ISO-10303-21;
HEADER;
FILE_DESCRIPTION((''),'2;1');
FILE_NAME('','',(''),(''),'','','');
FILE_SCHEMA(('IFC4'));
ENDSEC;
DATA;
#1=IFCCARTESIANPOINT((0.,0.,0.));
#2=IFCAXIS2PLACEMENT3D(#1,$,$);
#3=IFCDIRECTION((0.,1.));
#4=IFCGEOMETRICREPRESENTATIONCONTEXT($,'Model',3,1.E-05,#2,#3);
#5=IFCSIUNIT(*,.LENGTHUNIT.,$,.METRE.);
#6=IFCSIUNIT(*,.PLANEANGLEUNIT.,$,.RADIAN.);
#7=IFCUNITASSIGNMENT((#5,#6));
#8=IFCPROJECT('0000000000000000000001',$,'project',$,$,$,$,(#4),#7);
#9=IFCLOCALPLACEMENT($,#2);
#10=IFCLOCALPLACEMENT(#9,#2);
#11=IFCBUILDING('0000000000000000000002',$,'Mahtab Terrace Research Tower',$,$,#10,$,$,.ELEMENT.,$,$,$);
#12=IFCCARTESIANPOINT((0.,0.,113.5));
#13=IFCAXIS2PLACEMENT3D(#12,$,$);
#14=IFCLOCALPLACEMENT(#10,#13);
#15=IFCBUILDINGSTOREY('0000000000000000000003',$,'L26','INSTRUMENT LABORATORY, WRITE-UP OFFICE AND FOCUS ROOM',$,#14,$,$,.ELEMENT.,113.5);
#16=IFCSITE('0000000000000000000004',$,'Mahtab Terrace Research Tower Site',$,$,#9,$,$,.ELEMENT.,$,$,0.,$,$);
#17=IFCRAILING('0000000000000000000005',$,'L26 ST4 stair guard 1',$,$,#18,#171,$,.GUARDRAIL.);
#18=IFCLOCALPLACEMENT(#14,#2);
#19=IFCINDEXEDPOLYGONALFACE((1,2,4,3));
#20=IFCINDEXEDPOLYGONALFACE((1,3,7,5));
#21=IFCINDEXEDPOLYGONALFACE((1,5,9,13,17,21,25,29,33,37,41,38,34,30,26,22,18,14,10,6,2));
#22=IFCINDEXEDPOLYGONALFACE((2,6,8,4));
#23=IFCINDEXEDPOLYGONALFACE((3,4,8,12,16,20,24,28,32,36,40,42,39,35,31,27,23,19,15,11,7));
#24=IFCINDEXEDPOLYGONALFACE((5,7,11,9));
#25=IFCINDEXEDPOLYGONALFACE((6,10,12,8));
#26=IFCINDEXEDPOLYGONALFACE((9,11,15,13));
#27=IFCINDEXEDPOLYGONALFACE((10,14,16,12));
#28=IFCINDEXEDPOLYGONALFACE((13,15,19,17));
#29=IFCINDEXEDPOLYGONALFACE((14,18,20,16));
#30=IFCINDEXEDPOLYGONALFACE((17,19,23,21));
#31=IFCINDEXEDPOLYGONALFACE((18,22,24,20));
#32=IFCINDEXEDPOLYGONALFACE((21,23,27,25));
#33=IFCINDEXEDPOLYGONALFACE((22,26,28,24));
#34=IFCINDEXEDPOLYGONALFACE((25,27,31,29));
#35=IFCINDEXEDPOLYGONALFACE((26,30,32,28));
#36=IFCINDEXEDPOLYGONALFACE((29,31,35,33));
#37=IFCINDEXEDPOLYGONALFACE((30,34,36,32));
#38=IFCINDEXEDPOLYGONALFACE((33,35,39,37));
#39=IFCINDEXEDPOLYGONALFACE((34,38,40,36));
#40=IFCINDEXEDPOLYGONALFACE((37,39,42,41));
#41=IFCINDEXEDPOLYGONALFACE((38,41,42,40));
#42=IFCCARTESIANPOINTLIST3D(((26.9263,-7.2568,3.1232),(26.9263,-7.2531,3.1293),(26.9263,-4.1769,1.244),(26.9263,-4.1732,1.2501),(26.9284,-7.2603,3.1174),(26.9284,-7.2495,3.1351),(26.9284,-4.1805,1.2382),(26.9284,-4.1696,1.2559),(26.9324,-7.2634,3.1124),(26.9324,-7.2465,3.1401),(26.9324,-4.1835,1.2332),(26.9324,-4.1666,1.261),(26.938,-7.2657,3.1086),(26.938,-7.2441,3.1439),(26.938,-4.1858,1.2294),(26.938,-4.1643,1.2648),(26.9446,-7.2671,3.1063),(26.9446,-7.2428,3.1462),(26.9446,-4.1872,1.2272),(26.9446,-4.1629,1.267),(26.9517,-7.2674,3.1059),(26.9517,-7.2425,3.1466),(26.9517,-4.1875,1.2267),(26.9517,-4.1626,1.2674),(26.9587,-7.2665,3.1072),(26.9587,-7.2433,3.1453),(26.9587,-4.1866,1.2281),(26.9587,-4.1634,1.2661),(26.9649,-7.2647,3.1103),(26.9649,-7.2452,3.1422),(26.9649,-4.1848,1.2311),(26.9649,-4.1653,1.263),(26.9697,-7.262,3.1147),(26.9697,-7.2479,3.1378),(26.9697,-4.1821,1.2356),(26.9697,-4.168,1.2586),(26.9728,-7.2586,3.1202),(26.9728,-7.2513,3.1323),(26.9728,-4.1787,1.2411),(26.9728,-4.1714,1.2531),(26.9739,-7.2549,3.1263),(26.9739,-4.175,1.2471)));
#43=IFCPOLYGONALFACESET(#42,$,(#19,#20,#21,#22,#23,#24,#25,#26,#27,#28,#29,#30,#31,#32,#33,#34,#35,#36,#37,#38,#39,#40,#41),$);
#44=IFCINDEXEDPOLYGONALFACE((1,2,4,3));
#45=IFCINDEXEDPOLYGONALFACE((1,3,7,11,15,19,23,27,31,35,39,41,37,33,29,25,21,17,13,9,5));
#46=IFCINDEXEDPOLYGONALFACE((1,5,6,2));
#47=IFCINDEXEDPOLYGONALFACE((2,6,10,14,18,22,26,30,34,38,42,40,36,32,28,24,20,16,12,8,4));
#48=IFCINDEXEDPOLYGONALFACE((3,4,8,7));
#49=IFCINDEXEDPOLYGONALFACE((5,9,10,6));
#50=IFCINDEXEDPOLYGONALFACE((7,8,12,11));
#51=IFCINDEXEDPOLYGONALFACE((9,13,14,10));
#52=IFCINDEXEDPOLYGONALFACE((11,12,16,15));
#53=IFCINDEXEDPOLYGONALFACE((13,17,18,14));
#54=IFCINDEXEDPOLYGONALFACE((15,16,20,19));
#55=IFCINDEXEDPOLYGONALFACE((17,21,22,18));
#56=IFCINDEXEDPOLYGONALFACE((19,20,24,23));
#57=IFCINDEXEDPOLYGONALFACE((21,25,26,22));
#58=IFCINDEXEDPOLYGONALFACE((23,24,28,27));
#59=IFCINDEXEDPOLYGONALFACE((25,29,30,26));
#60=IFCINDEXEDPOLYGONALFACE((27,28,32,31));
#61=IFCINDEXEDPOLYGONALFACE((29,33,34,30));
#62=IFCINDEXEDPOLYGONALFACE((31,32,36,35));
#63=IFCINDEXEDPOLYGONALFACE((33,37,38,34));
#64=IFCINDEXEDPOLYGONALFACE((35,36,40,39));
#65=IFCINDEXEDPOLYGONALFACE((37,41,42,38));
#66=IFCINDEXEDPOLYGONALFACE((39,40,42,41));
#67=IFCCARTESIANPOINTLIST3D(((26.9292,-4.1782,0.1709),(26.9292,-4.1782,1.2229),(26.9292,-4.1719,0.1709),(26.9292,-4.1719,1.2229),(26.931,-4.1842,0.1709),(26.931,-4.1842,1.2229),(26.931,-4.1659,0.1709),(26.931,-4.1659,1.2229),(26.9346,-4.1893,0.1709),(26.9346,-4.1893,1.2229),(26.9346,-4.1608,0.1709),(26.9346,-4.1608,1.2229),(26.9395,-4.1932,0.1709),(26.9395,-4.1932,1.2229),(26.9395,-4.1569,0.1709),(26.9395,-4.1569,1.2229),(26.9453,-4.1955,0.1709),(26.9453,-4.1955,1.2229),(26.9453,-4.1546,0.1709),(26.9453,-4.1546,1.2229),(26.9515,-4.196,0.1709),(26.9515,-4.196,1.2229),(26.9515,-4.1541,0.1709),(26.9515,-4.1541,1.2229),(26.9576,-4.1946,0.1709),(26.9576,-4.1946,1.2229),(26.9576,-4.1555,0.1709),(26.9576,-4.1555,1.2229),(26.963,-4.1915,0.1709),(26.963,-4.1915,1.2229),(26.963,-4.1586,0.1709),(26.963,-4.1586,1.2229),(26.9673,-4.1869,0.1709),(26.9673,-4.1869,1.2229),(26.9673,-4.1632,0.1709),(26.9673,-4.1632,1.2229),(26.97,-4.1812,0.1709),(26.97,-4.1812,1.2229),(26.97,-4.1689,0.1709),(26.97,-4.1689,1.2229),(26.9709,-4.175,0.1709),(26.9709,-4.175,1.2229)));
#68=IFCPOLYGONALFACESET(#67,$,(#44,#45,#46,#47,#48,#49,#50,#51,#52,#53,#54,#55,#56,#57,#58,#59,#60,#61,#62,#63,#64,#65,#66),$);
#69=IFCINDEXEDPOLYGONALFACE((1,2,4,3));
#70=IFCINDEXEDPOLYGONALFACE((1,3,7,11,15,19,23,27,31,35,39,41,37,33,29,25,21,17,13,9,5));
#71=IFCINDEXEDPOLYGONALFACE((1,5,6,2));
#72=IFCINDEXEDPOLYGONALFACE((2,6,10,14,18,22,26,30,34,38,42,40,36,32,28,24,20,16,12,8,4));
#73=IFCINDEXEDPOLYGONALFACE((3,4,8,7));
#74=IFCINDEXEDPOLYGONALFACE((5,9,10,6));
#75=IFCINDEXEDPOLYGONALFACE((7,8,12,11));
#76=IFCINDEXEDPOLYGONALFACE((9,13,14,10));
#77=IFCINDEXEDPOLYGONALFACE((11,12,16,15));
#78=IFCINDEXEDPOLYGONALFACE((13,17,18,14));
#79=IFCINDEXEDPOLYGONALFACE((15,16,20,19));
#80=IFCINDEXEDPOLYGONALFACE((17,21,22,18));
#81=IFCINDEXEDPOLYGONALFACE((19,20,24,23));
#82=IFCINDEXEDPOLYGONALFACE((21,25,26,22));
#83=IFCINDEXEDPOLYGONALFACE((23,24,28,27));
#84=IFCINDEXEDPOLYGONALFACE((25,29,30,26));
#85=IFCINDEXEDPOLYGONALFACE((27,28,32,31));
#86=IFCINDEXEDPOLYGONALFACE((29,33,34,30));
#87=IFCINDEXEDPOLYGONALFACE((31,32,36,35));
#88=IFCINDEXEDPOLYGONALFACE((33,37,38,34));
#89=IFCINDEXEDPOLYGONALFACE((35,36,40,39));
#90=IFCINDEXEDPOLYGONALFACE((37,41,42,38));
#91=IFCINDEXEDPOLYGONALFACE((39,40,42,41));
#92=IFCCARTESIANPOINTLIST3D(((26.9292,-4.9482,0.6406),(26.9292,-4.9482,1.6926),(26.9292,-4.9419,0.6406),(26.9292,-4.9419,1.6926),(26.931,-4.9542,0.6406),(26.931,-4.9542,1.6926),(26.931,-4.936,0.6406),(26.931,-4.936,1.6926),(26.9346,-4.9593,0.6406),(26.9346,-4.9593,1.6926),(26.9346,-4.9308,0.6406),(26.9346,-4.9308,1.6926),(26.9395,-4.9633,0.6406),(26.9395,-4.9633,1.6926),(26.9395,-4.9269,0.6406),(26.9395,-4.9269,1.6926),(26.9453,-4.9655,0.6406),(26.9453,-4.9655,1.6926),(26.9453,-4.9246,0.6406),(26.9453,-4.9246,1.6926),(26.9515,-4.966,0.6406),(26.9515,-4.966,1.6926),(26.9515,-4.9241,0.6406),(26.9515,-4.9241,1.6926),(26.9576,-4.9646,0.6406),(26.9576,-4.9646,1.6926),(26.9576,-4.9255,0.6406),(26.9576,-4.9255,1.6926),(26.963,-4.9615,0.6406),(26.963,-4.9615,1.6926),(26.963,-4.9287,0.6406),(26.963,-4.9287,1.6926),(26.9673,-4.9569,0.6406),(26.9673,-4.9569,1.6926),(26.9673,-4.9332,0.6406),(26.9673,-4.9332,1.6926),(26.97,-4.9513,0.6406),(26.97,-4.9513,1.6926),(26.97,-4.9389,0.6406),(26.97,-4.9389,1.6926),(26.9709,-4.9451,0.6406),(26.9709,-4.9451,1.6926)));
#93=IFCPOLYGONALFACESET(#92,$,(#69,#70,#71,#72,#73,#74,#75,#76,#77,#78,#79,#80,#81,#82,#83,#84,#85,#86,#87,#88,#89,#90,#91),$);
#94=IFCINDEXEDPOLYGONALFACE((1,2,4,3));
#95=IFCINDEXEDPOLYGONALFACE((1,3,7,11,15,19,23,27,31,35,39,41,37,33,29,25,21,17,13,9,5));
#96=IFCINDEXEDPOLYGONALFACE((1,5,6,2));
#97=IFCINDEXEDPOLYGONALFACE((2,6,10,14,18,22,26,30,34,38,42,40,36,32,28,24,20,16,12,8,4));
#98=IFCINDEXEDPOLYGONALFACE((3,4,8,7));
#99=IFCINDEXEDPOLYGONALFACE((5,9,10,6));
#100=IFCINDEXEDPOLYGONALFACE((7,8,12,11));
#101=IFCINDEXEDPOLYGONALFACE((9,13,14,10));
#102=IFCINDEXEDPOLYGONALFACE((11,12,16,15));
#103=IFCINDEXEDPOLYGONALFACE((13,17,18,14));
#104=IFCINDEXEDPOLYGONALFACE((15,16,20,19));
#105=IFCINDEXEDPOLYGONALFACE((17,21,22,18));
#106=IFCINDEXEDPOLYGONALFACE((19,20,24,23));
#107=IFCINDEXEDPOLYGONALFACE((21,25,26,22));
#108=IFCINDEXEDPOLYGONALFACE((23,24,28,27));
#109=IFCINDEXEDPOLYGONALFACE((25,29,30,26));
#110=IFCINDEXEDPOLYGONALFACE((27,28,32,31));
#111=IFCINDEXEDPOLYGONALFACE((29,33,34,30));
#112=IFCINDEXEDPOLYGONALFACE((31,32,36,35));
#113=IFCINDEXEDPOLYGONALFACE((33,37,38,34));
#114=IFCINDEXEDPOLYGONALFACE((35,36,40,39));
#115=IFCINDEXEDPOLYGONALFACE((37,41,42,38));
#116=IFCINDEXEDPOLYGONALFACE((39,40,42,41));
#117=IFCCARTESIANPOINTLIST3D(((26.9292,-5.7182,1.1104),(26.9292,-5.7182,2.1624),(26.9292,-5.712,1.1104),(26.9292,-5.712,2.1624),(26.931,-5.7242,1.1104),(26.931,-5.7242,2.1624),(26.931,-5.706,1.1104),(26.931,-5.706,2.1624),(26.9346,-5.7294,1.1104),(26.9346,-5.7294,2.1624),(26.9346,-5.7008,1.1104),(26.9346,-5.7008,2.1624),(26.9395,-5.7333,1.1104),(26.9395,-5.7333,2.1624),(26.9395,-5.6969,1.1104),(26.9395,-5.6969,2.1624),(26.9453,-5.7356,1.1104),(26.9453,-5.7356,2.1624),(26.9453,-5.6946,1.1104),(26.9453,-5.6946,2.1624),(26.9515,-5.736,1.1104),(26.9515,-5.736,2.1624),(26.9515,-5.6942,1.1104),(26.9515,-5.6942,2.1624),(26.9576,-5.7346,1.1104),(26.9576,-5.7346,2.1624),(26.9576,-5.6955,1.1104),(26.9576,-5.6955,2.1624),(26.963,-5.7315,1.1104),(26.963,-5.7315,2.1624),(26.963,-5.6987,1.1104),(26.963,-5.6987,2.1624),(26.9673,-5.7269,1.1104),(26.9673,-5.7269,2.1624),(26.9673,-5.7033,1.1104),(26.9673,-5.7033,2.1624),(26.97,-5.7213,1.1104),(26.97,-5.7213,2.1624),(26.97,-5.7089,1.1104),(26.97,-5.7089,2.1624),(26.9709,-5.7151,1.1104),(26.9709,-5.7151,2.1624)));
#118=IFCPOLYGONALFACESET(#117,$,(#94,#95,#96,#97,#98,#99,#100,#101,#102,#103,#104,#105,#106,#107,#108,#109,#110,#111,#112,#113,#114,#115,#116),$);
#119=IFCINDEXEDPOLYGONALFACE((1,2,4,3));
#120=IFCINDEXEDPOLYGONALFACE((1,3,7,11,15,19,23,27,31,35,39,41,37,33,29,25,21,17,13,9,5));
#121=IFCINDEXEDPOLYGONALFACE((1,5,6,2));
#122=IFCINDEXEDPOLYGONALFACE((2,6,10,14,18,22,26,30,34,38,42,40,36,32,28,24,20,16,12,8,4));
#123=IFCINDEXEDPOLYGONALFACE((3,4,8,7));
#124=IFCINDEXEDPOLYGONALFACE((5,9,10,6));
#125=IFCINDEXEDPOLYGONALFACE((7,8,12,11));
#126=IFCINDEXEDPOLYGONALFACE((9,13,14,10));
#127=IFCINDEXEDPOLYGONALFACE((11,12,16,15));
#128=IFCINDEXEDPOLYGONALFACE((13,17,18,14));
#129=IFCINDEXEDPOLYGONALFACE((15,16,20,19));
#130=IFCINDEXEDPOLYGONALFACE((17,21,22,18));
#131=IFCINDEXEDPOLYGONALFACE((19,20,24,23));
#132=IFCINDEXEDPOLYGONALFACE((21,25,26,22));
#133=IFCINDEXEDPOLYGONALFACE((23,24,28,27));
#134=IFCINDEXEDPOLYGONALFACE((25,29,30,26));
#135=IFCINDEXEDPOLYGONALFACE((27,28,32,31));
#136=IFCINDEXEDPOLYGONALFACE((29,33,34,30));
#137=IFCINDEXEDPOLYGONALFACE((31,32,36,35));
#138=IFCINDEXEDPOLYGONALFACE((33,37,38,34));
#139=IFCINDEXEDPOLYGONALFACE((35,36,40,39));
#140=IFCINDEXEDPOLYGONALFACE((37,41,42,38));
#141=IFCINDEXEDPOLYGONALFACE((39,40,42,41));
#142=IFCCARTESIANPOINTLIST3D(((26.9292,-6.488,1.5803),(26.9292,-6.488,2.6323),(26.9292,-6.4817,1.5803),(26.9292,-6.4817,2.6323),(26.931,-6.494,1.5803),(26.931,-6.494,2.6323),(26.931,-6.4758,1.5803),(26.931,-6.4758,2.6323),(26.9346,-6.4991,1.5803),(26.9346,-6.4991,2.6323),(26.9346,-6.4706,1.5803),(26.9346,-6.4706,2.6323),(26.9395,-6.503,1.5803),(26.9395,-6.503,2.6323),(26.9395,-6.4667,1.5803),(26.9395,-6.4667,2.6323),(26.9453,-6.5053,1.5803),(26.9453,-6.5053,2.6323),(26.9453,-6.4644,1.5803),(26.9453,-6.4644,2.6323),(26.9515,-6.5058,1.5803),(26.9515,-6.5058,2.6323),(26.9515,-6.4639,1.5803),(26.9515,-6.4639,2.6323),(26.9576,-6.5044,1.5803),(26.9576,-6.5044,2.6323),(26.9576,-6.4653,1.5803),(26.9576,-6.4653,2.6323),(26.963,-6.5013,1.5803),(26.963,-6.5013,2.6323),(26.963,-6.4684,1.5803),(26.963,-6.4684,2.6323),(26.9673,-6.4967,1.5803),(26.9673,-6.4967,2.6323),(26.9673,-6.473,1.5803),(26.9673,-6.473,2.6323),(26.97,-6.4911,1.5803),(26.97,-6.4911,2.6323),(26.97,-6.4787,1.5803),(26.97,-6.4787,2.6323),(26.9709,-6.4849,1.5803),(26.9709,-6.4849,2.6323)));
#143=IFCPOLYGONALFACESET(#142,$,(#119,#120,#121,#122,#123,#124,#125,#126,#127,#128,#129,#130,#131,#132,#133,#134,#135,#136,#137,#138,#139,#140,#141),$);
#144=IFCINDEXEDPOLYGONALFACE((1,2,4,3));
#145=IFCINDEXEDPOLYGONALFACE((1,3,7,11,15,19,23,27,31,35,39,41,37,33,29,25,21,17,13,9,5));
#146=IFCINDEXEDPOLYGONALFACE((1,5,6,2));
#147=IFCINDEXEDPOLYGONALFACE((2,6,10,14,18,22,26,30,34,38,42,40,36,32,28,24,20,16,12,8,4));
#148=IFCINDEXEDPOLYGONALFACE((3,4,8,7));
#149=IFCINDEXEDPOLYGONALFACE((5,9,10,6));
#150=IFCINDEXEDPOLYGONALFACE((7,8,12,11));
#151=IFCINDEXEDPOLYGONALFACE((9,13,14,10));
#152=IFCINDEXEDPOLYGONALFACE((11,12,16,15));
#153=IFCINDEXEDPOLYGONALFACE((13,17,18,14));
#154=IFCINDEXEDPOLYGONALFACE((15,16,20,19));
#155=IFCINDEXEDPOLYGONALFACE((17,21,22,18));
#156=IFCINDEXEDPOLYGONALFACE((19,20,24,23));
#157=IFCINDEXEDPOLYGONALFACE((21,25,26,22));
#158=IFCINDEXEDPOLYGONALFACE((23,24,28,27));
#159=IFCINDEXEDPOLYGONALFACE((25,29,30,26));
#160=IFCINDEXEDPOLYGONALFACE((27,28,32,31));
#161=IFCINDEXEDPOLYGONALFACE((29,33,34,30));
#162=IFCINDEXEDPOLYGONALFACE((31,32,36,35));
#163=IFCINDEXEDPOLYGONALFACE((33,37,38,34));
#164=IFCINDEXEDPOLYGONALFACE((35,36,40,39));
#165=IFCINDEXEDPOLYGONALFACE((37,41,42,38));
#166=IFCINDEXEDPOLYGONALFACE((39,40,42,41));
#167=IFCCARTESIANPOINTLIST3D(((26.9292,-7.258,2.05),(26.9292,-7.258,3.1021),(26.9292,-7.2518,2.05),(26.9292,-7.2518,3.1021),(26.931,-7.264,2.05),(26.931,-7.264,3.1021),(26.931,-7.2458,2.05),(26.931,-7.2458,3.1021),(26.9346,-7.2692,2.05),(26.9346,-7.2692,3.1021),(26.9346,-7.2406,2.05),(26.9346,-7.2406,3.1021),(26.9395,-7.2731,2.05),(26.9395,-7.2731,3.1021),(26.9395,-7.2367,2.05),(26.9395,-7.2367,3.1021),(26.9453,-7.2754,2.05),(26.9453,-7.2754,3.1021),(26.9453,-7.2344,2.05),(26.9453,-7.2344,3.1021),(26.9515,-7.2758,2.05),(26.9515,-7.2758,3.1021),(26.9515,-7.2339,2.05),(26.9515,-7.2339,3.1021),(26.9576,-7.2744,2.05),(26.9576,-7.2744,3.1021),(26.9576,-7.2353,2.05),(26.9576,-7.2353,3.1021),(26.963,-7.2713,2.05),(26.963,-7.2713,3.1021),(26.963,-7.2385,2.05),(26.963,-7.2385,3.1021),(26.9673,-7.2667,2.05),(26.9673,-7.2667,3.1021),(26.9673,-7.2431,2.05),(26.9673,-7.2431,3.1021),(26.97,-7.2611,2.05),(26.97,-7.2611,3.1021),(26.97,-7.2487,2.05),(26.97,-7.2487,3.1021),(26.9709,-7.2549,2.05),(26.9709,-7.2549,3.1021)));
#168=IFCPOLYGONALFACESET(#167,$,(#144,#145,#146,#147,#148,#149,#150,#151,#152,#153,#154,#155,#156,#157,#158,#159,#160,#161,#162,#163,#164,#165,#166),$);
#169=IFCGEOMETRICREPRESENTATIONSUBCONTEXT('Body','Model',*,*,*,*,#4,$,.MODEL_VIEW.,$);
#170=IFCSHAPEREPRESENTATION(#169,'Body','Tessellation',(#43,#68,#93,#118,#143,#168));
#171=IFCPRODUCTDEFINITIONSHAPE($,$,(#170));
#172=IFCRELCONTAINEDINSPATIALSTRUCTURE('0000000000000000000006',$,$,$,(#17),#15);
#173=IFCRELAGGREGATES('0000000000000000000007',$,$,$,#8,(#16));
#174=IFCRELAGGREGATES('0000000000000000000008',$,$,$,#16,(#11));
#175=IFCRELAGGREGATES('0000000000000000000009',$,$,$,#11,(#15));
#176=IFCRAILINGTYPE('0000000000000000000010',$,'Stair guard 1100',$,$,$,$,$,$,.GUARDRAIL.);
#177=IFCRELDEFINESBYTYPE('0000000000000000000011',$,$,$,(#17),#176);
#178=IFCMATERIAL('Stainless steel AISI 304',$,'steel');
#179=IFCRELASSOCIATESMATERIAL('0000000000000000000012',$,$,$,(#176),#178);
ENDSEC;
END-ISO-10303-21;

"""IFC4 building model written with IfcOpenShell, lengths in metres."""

from ifc_helpers import new_model, si_unit, direction, frame, origin, origin_2d, place, context, subcontext, project, spatial, circle, extrude, material, type_object, element, save


model = new_model("IFC4")

# Units and contexts
model_context = context("Model", 3, precision=1e-05, world=origin(), true_north=direction((0.0, 1.0)))
body_context = subcontext(model_context, "Body", "Model", "MODEL_VIEW")
ifc_project = project(units=[si_unit("LENGTHUNIT", "METRE"), si_unit("PLANEANGLEUNIT", "RADIAN")], contexts=[model_context])

# Site, building, storey
site_placement = place(None, origin())
site = spatial("IfcSite", under=ifc_project, at=site_placement, Name="Mahtab Terrace Research Tower Site", CompositionType="ELEMENT", RefElevation=0.0)
building_placement = place(site_placement, origin())
building = spatial("IfcBuilding", under=site, at=building_placement, Name="Mahtab Terrace Research Tower", CompositionType="ELEMENT")
storey_placement = place(building_placement, frame((0.0, 0.0, 113.5)))
storey = spatial("IfcBuildingStorey", under=building, at=storey_placement, Name="L26", Description="INSTRUMENT LABORATORY, WRITE-UP OFFICE AND FOCUS ROOM", CompositionType="ELEMENT", Elevation=113.5)

# Shared definitions
ifc_material_1 = material(Name="Stainless steel AISI 304", Category="steel")

# Railing
railing_type_1 = type_object("IfcRailingType", Name="Stair guard 1100", PredefinedType="GUARDRAIL", material=ifc_material_1)
railing_1_placement = place(storey_placement, frame((26.95, -4.175, 0.1709)))
element("IfcRailing", 1, at=railing_1_placement, inside=storey, type_object=railing_type_1, Name="L26 ST4 stair guard 1", PredefinedType="GUARDRAIL", context=body_context, shape_type="SweptSolid", body=[
    extrude(circle(Radius=0.0239, at=origin_2d()), frame((0.0, 0.0, 1.0762), z_axis=(0.0, -0.853648, 0.52085), x_axis=(1.0, 0.0, 0.0)), (0.0, 0.0, 1.0), 3.6079),
    extrude(circle(Radius=0.021, at=origin_2d()), origin(), (0.0, 0.0, 1.0), 1.052),
    extrude(circle(Radius=0.021, at=origin_2d()), frame((0.0, -0.77, 0.4697)), (0.0, 0.0, 1.0), 1.052),
    extrude(circle(Radius=0.021, at=origin_2d()), frame((0.0, -1.54, 0.9395)), (0.0, 0.0, 1.0), 1.052),
    extrude(circle(Radius=0.021, at=origin_2d()), frame((0.0, -2.3098, 1.4094)), (0.0, 0.0, 1.0), 1.052),
    extrude(circle(Radius=0.021, at=origin_2d()), frame((0.0, -3.0798, 1.8792)), (0.0, 0.0, 1.0), 1.052),
])

save(model, "model.ifc")
